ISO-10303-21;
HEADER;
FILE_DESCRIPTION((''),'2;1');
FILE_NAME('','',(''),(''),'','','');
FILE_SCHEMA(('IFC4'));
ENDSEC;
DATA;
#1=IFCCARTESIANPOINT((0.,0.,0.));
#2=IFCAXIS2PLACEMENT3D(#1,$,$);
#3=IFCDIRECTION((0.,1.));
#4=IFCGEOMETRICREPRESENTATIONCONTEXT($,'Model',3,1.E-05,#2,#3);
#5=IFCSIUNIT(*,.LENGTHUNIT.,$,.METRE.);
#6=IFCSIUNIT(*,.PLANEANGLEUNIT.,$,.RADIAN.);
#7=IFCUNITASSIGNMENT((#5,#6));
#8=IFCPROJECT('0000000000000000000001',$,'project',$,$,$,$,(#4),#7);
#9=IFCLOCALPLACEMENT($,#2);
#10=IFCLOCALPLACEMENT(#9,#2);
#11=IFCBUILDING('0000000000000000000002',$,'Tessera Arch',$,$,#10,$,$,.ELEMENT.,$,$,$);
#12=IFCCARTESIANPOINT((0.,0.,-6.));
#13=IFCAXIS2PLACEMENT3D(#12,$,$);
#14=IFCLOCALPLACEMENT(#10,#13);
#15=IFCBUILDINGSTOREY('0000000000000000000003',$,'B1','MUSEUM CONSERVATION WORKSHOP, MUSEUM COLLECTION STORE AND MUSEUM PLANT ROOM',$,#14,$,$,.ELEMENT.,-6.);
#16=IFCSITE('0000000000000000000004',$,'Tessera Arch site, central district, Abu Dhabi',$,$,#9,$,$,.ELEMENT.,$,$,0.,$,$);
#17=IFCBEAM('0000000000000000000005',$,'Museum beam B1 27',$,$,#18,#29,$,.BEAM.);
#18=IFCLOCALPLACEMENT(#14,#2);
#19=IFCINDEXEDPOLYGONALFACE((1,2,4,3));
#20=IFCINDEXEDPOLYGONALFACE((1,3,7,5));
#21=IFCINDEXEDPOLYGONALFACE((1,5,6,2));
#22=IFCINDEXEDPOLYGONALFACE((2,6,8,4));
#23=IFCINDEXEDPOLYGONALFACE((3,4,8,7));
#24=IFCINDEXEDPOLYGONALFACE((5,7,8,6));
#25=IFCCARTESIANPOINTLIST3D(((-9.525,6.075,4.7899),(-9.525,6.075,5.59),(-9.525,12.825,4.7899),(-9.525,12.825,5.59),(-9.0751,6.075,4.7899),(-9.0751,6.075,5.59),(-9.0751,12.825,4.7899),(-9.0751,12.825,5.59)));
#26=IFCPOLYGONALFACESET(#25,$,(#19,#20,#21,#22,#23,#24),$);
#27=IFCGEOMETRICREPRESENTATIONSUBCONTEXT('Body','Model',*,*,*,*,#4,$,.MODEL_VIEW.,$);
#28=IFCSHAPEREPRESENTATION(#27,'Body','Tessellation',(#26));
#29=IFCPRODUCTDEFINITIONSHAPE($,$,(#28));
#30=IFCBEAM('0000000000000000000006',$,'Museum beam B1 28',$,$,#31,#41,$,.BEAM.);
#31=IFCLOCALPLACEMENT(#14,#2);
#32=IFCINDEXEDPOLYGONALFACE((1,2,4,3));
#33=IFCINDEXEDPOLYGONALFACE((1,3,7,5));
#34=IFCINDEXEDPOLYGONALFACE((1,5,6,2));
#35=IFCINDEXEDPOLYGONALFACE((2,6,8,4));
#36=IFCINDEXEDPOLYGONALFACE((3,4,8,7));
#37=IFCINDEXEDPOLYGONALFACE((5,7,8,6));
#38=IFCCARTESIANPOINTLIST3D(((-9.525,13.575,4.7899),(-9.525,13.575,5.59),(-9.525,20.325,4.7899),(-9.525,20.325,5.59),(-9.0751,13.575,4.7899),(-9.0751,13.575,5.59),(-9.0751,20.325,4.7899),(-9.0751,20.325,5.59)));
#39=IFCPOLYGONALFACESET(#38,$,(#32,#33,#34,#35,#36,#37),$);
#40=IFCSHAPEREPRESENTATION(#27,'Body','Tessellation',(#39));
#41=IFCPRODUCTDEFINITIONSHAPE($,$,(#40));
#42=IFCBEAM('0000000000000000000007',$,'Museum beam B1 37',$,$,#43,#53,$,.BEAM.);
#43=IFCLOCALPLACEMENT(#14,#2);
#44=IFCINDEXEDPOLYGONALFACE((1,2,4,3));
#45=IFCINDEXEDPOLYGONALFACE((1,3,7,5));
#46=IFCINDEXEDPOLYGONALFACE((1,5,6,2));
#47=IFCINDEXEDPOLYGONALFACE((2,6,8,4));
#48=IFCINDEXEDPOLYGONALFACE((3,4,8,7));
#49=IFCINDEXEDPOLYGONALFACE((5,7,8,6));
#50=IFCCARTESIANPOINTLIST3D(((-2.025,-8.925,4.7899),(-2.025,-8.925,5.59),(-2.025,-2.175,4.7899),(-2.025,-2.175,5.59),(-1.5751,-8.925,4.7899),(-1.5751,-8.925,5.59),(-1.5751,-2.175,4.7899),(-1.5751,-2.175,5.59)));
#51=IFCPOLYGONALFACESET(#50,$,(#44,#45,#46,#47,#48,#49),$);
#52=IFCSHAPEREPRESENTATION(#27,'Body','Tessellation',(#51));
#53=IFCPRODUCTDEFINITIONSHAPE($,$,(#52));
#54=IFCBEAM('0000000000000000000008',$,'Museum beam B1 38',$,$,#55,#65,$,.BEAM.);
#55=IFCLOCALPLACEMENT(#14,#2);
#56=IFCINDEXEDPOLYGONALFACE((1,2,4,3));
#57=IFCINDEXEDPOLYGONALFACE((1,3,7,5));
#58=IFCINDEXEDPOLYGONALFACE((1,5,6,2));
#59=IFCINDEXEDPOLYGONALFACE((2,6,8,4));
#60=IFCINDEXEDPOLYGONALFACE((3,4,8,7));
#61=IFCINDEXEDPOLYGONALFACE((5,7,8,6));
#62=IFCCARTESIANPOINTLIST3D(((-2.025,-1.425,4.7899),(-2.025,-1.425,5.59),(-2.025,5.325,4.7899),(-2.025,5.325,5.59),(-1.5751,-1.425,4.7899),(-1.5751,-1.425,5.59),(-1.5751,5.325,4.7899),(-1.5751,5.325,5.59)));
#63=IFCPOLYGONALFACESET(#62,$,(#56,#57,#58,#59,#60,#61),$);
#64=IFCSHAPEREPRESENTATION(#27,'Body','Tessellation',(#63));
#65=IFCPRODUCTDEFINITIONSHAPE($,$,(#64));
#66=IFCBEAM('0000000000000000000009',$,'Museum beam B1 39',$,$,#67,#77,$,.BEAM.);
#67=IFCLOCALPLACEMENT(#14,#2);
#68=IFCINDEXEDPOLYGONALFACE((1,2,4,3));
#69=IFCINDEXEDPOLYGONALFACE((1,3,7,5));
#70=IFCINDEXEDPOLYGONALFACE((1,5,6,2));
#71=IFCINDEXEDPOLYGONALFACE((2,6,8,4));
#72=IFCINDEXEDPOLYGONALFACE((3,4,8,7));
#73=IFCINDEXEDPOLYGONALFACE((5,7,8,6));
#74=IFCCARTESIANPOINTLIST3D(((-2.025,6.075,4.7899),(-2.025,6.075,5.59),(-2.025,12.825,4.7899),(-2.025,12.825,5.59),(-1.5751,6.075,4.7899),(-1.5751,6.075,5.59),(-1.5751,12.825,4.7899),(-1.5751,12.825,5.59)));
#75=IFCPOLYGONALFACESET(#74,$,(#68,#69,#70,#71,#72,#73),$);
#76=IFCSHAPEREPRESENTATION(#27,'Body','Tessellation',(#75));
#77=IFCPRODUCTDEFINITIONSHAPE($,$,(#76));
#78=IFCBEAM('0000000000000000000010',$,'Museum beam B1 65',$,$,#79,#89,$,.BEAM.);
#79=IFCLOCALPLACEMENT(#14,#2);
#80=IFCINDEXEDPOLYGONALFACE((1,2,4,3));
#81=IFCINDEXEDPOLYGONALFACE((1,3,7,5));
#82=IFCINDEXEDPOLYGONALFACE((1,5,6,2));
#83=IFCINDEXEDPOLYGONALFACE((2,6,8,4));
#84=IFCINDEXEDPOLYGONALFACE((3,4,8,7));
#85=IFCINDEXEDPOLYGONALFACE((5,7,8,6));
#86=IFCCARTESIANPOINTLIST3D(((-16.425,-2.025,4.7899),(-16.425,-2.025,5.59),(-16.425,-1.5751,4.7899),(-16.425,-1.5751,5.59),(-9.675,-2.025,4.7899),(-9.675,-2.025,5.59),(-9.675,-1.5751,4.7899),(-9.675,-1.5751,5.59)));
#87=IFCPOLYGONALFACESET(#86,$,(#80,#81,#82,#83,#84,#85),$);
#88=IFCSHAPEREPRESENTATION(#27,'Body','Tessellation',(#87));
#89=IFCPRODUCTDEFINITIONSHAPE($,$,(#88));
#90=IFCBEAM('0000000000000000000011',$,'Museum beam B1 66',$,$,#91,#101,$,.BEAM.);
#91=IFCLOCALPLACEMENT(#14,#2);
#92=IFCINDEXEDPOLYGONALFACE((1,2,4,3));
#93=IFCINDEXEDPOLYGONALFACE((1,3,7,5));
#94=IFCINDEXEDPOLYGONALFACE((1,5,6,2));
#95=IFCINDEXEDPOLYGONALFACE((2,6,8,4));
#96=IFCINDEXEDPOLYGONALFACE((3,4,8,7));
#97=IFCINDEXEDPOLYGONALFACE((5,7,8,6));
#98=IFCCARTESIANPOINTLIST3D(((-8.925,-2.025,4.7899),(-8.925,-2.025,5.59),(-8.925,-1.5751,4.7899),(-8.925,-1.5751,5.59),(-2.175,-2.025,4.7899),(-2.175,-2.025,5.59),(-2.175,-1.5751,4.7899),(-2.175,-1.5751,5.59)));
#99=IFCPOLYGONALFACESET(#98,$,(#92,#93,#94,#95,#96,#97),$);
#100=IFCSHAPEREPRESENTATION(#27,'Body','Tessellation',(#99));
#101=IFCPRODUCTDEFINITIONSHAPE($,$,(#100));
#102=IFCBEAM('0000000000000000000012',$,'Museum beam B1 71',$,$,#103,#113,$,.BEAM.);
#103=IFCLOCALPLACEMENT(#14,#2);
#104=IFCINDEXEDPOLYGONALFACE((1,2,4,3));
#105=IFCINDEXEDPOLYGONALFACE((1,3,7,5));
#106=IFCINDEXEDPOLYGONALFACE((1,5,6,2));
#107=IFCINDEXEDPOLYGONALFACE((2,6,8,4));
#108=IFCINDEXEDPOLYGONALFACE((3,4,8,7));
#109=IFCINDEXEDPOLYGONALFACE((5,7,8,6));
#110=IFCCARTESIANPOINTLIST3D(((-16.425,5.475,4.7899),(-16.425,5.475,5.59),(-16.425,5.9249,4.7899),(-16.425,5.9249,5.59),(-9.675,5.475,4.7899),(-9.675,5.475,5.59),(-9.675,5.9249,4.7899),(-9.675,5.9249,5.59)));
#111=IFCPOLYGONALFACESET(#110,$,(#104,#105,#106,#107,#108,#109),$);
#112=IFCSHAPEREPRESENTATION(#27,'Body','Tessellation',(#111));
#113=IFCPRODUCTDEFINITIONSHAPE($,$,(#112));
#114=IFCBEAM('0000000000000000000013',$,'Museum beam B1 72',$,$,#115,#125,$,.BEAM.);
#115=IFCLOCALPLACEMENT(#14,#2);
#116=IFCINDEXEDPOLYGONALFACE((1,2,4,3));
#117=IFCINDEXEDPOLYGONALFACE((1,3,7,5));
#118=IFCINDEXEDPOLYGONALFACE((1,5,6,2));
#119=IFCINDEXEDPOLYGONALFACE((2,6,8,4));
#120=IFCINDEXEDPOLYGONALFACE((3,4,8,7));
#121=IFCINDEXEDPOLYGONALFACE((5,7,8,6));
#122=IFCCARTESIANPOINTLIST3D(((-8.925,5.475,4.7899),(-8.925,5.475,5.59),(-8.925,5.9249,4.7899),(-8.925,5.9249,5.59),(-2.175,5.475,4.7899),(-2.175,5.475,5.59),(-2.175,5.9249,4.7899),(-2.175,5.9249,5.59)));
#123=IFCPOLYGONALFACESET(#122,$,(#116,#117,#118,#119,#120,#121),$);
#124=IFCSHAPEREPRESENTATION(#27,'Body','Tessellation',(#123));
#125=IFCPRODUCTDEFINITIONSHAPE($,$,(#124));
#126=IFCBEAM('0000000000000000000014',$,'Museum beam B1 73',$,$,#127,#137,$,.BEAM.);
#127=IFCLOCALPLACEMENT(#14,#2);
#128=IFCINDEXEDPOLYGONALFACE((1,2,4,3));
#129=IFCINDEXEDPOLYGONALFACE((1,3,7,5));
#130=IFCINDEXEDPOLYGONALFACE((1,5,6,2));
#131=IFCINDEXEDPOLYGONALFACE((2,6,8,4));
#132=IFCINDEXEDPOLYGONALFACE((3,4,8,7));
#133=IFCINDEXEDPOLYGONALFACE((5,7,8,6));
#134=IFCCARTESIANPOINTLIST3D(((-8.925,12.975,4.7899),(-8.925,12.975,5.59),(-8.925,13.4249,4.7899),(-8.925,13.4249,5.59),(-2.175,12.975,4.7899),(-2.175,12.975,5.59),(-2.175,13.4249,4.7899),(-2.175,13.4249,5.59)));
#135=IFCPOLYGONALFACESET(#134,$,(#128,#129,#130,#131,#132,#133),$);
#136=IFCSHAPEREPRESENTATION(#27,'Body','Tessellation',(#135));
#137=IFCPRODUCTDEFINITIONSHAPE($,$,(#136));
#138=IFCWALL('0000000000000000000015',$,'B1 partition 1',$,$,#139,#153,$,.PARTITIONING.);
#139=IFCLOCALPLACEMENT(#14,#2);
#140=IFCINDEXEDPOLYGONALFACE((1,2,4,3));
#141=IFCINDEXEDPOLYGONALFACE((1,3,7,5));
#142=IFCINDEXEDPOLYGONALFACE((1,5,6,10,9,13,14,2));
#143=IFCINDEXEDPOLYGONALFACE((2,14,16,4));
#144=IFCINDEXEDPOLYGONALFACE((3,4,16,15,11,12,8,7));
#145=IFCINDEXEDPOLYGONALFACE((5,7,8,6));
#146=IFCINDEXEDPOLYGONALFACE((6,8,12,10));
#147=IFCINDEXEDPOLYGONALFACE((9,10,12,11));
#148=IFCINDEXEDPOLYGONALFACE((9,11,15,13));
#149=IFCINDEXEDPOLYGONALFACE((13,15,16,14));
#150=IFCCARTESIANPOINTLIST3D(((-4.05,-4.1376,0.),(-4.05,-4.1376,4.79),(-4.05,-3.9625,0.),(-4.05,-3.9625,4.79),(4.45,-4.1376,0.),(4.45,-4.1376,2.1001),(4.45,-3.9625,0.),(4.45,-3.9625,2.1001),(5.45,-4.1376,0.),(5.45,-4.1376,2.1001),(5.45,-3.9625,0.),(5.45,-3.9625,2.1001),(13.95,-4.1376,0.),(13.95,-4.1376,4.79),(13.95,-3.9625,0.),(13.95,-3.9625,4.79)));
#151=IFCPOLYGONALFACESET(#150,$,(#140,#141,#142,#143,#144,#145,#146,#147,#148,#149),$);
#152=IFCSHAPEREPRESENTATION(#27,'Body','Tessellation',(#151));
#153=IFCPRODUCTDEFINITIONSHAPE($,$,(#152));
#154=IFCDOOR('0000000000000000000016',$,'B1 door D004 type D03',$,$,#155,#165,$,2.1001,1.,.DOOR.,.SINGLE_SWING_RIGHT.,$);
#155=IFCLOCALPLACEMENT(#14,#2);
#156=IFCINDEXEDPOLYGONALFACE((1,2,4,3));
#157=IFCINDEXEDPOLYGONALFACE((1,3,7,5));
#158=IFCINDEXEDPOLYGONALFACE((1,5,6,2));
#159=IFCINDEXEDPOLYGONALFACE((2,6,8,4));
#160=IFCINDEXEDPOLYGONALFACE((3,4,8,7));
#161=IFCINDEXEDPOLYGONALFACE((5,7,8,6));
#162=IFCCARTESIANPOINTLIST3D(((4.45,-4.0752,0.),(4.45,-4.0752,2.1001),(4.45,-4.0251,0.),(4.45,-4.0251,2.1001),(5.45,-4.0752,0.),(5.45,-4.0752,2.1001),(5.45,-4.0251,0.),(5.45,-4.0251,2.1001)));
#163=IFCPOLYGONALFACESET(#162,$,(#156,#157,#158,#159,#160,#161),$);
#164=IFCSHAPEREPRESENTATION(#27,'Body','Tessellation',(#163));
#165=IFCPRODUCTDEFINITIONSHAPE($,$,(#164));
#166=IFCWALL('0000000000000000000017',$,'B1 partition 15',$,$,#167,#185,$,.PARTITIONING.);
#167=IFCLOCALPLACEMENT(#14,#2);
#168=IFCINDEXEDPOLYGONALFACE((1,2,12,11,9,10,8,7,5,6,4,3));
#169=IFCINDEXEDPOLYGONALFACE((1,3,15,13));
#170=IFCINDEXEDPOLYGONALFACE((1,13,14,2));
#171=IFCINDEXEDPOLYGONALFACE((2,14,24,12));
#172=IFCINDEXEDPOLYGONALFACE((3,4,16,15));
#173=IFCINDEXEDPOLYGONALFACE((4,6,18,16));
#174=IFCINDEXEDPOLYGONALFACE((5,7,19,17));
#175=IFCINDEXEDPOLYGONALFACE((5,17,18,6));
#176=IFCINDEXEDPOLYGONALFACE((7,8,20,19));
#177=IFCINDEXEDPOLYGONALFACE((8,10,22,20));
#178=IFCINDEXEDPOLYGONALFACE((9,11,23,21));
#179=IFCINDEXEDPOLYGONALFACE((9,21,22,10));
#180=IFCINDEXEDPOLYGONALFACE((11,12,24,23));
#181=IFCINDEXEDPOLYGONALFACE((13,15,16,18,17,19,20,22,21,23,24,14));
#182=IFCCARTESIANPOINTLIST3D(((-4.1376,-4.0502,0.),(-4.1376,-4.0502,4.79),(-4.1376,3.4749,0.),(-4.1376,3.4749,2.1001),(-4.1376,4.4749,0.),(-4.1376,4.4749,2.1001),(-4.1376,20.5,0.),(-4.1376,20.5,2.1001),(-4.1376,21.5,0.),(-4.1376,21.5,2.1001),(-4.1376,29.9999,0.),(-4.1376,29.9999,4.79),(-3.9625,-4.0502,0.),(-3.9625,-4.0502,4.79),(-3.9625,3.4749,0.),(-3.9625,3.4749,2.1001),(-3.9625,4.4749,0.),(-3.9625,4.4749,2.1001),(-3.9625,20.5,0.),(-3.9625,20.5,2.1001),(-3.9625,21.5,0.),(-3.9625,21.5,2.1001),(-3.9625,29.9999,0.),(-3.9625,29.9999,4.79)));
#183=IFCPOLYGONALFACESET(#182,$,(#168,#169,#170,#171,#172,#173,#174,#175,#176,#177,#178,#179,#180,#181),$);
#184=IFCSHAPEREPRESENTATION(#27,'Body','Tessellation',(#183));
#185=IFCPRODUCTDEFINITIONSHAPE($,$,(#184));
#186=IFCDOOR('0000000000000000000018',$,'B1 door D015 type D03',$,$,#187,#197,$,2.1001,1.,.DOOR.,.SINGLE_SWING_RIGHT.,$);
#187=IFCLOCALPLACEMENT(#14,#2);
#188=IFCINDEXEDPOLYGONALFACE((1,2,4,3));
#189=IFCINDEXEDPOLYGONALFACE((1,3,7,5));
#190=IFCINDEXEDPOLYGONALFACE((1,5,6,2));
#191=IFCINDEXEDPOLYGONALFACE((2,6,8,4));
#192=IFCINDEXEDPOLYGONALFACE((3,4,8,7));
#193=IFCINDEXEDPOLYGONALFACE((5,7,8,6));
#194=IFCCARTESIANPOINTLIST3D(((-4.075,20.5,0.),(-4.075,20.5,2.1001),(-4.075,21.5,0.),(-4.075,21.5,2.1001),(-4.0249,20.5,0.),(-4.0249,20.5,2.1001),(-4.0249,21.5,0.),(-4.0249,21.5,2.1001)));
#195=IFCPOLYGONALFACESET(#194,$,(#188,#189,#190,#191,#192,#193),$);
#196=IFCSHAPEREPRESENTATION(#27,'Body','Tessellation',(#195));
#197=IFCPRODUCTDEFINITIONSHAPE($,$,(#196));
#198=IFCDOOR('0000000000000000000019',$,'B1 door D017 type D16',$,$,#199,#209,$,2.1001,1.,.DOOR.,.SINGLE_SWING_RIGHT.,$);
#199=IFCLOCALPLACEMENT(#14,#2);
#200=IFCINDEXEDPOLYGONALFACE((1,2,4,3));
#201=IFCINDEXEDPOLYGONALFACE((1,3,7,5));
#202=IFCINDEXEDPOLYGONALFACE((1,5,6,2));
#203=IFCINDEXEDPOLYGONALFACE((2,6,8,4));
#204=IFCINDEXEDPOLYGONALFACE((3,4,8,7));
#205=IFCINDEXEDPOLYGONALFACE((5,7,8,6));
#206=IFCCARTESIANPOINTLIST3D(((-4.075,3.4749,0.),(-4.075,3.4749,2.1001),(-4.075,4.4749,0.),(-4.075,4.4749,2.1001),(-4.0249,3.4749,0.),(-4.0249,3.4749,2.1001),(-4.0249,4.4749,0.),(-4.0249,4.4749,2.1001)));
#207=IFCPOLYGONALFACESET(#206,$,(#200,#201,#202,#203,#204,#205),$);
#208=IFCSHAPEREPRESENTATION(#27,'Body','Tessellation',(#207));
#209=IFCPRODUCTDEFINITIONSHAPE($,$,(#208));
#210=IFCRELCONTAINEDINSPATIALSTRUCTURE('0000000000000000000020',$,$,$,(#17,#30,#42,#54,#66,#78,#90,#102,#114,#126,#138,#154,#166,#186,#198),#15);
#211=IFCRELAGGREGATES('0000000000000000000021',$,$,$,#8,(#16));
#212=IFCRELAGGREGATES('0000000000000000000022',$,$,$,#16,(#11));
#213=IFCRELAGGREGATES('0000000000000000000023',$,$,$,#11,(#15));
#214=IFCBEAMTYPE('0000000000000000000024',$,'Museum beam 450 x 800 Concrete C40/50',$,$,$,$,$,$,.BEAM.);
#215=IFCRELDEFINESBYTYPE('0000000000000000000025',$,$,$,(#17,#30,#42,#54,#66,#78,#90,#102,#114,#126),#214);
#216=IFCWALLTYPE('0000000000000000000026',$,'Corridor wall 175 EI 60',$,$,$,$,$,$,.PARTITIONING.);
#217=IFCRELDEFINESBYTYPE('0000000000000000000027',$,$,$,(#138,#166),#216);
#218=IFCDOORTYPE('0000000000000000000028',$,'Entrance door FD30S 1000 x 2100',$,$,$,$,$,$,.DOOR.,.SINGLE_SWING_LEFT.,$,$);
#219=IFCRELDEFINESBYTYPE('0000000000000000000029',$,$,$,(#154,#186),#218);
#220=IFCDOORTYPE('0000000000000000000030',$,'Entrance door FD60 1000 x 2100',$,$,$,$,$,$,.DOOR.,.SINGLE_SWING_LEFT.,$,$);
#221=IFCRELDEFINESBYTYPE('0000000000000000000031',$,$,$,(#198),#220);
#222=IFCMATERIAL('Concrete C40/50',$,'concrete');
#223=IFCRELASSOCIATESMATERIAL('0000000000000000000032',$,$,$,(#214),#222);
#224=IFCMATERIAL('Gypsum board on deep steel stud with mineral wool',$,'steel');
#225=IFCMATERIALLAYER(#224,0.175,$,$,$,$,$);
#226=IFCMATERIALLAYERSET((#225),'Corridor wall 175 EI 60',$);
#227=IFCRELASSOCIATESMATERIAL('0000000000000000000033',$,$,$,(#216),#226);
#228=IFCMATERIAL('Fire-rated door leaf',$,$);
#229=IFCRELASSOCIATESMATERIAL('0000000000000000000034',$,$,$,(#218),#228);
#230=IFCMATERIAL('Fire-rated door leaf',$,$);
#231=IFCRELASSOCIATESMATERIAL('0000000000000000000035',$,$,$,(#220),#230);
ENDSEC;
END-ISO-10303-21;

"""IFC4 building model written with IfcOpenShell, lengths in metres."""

from ifc_helpers import new_model, si_unit, direction, frame, frame_2d, origin, origin_2d, place, context, subcontext, project, spatial, rectangle, extrude, material, layer, layer_set, material_profile, profile_set, type_object, element, fill, save


model = new_model("IFC4")

# Units and contexts
model_context = context("Model", 3, precision=1e-05, world=origin(), true_north=direction((0.0, 1.0)))
body_context = subcontext(model_context, "Body", "Model", "MODEL_VIEW")
ifc_project = project(units=[si_unit("LENGTHUNIT", "METRE"), si_unit("PLANEANGLEUNIT", "RADIAN")], contexts=[model_context])

# Site, building, storey
site_placement = place(None, origin())
site = spatial("IfcSite", under=ifc_project, at=site_placement, Name="Tessera Arch site, central district, Abu Dhabi", CompositionType="ELEMENT", RefElevation=0.0)
building_placement = place(site_placement, origin())
building = spatial("IfcBuilding", under=site, at=building_placement, Name="Tessera Arch", CompositionType="ELEMENT")
storey_placement = place(building_placement, frame((0.0, 0.0, -6.0)))
storey = spatial("IfcBuildingStorey", under=building, at=storey_placement, Name="B1", Description="MUSEUM CONSERVATION WORKSHOP, MUSEUM COLLECTION STORE AND MUSEUM PLANT ROOM", CompositionType="ELEMENT", Elevation=-6.0)

# Beams
ifc_material_1 = material(Name="Concrete C40/50", Category="concrete")
ifc_material_profile_1 = material_profile(ifc_material_1, rectangle(XDim=0.45, YDim=0.8, at=origin_2d()), Name="Museum beam 450 x 800 Concrete C40/50")
ifc_profile_set_1 = profile_set([ifc_material_profile_1], Name="Concrete C40/50")
beam_type = type_object("IfcBeamType", Name="Museum beam 450 x 800 Concrete C40/50", PredefinedType="BEAM", material=ifc_profile_set_1)
for number, where, z_axis, x_axis, name in (
    (1, (-9.3, 6.075, 5.1899), (0.0, 1.0, 0.0), (-1.0, 0.0, 0.0), "Museum beam B1 27"),
    (2, (-9.3, 13.575, 5.1899), (0.0, 1.0, 0.0), (-1.0, 0.0, 0.0), "Museum beam B1 28"),
    (3, (-1.8, -8.925, 5.1899), (0.0, 1.0, 0.0), (-1.0, 0.0, 0.0), "Museum beam B1 37"),
    (4, (-1.8, -1.425, 5.1899), (0.0, 1.0, 0.0), (-1.0, 0.0, 0.0), "Museum beam B1 38"),
    (5, (-1.8, 6.075, 5.1899), (0.0, 1.0, 0.0), (-1.0, 0.0, 0.0), "Museum beam B1 39"),
    (6, (-16.425, -1.8, 5.1899), (1.0, 0.0, 0.0), (0.0, 1.0, 0.0), "Museum beam B1 65"),
    (7, (-8.925, -1.8, 5.1899), (1.0, 0.0, 0.0), (0.0, 1.0, 0.0), "Museum beam B1 66"),
    (8, (-16.425, 5.7, 5.1899), (1.0, 0.0, 0.0), (0.0, 1.0, 0.0), "Museum beam B1 71"),
    (9, (-8.925, 5.7, 5.1899), (1.0, 0.0, 0.0), (0.0, 1.0, 0.0), "Museum beam B1 72"),
    (10, (-8.925, 13.2, 5.1899), (1.0, 0.0, 0.0), (0.0, 1.0, 0.0), "Museum beam B1 73"),
):
    element("IfcBeam", number, at=place(storey_placement, frame(where, z_axis=z_axis, x_axis=x_axis)), inside=storey, type_object=beam_type, Name=name, PredefinedType="BEAM", context=body_context, shape_type="SweptSolid", body=[
        extrude(rectangle(XDim=0.45, YDim=0.8, at=origin_2d()), origin(), (0.0, 0.0, 1.0), 6.75),
    ])

# Wall, opening, door
ifc_material_2 = material(Name="Gypsum board on deep steel stud with mineral wool", Category="steel")
ifc_layer_1 = layer(ifc_material_2, 0.175)
ifc_layer_set_1 = layer_set([ifc_layer_1], Name="Corridor wall 175 EI 60")
wall_type_1 = type_object("IfcWallType", Name="Corridor wall 175 EI 60", PredefinedType="PARTITIONING", material=ifc_layer_set_1)
wall_1_placement = place(storey_placement, frame((-4.05, -4.05, 0.0), z_axis=(0.0, 0.0, 1.0), x_axis=(1.0, 0.0, 0.0)))
wall_1 = element("IfcWall", 11, at=wall_1_placement, inside=storey, type_object=wall_type_1, Name="B1 partition 1", PredefinedType="PARTITIONING", context=body_context, shape_type="SweptSolid", body=[
    extrude(rectangle(XDim=18.0, YDim=0.175, at=frame_2d((9.0, 0.0))), origin(), (0.0, 0.0, 1.0), 4.79),
])
opening_1_placement = place(wall_1_placement, frame((8.5, 0.0, 0.0)))
opening_1 = element("IfcOpeningElement", 12, at=opening_1_placement, cuts=wall_1, PredefinedType="OPENING", context=body_context, shape_type="SweptSolid", body=[
    extrude(rectangle(XDim=1.0, YDim=2.1001, at=frame_2d((0.5, 1.05))), frame((0.0, 0.0974, 0.0), z_axis=(0.0, -1.0, 0.0), x_axis=(1.0, 0.0, 0.0)), (0.0, 0.0, 1.0), 0.1951),
])
ifc_material_3 = material(Name="Fire-rated door leaf")
door_type_1 = type_object("IfcDoorType", Name="Entrance door FD30S 1000 x 2100", OperationType="SINGLE_SWING_LEFT", PredefinedType="DOOR", material=ifc_material_3)
door_1_placement = place(opening_1_placement, origin())
door_1 = element("IfcDoor", 13, at=door_1_placement, inside=storey, type_object=door_type_1, Name="B1 door D004 type D03", OperationType="SINGLE_SWING_RIGHT", OverallHeight=2.1001, OverallWidth=1.0, PredefinedType="DOOR", context=body_context, shape_type="SweptSolid", body=[
    extrude(rectangle(XDim=1.0, YDim=2.1001, at=frame_2d((0.5, 1.05))), frame((0.0, 0.0249, 0.0), z_axis=(0.0, -1.0, 0.0), x_axis=(1.0, 0.0, 0.0)), (0.0, 0.0, 1.0), 0.05),
])
fill(opening_1, door_1)

# Wall, openings, doors
wall_2_placement = place(storey_placement, frame((-4.05, -4.05, 0.0), z_axis=(0.0, 0.0, 1.0), x_axis=(0.0, 1.0, 0.0)))
wall_2 = element("IfcWall", 14, at=wall_2_placement, inside=storey, type_object=wall_type_1, Name="B1 partition 15", PredefinedType="PARTITIONING", context=body_context, shape_type="SweptSolid", body=[
    extrude(rectangle(XDim=34.05, YDim=0.175, at=frame_2d((17.0249, 0.0))), origin(), (0.0, 0.0, 1.0), 4.79),
])
opening_2_placement = place(wall_2_placement, frame((24.55, 0.0, 0.0)))
opening_2 = element("IfcOpeningElement", 15, at=opening_2_placement, cuts=wall_2, PredefinedType="OPENING", context=body_context, shape_type="SweptSolid", body=[
    extrude(rectangle(XDim=1.0, YDim=2.1001, at=frame_2d((0.5, 1.05))), frame((0.0, 0.0974, 0.0), z_axis=(0.0, -1.0, 0.0), x_axis=(1.0, 0.0, 0.0)), (0.0, 0.0, 1.0), 0.1951),
])
opening_3_placement = place(wall_2_placement, frame((7.5249, 0.0, 0.0)))
opening_3 = element("IfcOpeningElement", 16, at=opening_3_placement, cuts=wall_2, PredefinedType="OPENING", context=body_context, shape_type="SweptSolid", body=[
    extrude(rectangle(XDim=1.0, YDim=2.1001, at=frame_2d((0.5, 1.05))), frame((0.0, 0.0974, 0.0), z_axis=(0.0, -1.0, 0.0), x_axis=(1.0, 0.0, 0.0)), (0.0, 0.0, 1.0), 0.1951),
])
door_2_placement = place(opening_2_placement, origin())
door_2 = element("IfcDoor", 17, at=door_2_placement, inside=storey, type_object=door_type_1, Name="B1 door D015 type D03", OperationType="SINGLE_SWING_RIGHT", OverallHeight=2.1001, OverallWidth=1.0, PredefinedType="DOOR", context=body_context, shape_type="SweptSolid", body=[
    extrude(rectangle(XDim=1.0, YDim=2.1001, at=frame_2d((0.5, 1.05))), frame((0.0, 0.0249, 0.0), z_axis=(0.0, -1.0, 0.0), x_axis=(1.0, 0.0, 0.0)), (0.0, 0.0, 1.0), 0.05),
])
fill(opening_2, door_2)
ifc_material_4 = material(Name="Fire-rated door leaf")
door_type_2 = type_object("IfcDoorType", Name="Entrance door FD60 1000 x 2100", OperationType="SINGLE_SWING_LEFT", PredefinedType="DOOR", material=ifc_material_4)
door_3_placement = place(opening_3_placement, origin())
door_3 = element("IfcDoor", 18, at=door_3_placement, inside=storey, type_object=door_type_2, Name="B1 door D017 type D16", OperationType="SINGLE_SWING_RIGHT", OverallHeight=2.1001, OverallWidth=1.0, PredefinedType="DOOR", context=body_context, shape_type="SweptSolid", body=[
    extrude(rectangle(XDim=1.0, YDim=2.1001, at=frame_2d((0.5, 1.05))), frame((0.0, 0.0249, 0.0), z_axis=(0.0, -1.0, 0.0), x_axis=(1.0, 0.0, 0.0)), (0.0, 0.0, 1.0), 0.05),
])
fill(opening_3, door_3)

save(model, "model.ifc")
